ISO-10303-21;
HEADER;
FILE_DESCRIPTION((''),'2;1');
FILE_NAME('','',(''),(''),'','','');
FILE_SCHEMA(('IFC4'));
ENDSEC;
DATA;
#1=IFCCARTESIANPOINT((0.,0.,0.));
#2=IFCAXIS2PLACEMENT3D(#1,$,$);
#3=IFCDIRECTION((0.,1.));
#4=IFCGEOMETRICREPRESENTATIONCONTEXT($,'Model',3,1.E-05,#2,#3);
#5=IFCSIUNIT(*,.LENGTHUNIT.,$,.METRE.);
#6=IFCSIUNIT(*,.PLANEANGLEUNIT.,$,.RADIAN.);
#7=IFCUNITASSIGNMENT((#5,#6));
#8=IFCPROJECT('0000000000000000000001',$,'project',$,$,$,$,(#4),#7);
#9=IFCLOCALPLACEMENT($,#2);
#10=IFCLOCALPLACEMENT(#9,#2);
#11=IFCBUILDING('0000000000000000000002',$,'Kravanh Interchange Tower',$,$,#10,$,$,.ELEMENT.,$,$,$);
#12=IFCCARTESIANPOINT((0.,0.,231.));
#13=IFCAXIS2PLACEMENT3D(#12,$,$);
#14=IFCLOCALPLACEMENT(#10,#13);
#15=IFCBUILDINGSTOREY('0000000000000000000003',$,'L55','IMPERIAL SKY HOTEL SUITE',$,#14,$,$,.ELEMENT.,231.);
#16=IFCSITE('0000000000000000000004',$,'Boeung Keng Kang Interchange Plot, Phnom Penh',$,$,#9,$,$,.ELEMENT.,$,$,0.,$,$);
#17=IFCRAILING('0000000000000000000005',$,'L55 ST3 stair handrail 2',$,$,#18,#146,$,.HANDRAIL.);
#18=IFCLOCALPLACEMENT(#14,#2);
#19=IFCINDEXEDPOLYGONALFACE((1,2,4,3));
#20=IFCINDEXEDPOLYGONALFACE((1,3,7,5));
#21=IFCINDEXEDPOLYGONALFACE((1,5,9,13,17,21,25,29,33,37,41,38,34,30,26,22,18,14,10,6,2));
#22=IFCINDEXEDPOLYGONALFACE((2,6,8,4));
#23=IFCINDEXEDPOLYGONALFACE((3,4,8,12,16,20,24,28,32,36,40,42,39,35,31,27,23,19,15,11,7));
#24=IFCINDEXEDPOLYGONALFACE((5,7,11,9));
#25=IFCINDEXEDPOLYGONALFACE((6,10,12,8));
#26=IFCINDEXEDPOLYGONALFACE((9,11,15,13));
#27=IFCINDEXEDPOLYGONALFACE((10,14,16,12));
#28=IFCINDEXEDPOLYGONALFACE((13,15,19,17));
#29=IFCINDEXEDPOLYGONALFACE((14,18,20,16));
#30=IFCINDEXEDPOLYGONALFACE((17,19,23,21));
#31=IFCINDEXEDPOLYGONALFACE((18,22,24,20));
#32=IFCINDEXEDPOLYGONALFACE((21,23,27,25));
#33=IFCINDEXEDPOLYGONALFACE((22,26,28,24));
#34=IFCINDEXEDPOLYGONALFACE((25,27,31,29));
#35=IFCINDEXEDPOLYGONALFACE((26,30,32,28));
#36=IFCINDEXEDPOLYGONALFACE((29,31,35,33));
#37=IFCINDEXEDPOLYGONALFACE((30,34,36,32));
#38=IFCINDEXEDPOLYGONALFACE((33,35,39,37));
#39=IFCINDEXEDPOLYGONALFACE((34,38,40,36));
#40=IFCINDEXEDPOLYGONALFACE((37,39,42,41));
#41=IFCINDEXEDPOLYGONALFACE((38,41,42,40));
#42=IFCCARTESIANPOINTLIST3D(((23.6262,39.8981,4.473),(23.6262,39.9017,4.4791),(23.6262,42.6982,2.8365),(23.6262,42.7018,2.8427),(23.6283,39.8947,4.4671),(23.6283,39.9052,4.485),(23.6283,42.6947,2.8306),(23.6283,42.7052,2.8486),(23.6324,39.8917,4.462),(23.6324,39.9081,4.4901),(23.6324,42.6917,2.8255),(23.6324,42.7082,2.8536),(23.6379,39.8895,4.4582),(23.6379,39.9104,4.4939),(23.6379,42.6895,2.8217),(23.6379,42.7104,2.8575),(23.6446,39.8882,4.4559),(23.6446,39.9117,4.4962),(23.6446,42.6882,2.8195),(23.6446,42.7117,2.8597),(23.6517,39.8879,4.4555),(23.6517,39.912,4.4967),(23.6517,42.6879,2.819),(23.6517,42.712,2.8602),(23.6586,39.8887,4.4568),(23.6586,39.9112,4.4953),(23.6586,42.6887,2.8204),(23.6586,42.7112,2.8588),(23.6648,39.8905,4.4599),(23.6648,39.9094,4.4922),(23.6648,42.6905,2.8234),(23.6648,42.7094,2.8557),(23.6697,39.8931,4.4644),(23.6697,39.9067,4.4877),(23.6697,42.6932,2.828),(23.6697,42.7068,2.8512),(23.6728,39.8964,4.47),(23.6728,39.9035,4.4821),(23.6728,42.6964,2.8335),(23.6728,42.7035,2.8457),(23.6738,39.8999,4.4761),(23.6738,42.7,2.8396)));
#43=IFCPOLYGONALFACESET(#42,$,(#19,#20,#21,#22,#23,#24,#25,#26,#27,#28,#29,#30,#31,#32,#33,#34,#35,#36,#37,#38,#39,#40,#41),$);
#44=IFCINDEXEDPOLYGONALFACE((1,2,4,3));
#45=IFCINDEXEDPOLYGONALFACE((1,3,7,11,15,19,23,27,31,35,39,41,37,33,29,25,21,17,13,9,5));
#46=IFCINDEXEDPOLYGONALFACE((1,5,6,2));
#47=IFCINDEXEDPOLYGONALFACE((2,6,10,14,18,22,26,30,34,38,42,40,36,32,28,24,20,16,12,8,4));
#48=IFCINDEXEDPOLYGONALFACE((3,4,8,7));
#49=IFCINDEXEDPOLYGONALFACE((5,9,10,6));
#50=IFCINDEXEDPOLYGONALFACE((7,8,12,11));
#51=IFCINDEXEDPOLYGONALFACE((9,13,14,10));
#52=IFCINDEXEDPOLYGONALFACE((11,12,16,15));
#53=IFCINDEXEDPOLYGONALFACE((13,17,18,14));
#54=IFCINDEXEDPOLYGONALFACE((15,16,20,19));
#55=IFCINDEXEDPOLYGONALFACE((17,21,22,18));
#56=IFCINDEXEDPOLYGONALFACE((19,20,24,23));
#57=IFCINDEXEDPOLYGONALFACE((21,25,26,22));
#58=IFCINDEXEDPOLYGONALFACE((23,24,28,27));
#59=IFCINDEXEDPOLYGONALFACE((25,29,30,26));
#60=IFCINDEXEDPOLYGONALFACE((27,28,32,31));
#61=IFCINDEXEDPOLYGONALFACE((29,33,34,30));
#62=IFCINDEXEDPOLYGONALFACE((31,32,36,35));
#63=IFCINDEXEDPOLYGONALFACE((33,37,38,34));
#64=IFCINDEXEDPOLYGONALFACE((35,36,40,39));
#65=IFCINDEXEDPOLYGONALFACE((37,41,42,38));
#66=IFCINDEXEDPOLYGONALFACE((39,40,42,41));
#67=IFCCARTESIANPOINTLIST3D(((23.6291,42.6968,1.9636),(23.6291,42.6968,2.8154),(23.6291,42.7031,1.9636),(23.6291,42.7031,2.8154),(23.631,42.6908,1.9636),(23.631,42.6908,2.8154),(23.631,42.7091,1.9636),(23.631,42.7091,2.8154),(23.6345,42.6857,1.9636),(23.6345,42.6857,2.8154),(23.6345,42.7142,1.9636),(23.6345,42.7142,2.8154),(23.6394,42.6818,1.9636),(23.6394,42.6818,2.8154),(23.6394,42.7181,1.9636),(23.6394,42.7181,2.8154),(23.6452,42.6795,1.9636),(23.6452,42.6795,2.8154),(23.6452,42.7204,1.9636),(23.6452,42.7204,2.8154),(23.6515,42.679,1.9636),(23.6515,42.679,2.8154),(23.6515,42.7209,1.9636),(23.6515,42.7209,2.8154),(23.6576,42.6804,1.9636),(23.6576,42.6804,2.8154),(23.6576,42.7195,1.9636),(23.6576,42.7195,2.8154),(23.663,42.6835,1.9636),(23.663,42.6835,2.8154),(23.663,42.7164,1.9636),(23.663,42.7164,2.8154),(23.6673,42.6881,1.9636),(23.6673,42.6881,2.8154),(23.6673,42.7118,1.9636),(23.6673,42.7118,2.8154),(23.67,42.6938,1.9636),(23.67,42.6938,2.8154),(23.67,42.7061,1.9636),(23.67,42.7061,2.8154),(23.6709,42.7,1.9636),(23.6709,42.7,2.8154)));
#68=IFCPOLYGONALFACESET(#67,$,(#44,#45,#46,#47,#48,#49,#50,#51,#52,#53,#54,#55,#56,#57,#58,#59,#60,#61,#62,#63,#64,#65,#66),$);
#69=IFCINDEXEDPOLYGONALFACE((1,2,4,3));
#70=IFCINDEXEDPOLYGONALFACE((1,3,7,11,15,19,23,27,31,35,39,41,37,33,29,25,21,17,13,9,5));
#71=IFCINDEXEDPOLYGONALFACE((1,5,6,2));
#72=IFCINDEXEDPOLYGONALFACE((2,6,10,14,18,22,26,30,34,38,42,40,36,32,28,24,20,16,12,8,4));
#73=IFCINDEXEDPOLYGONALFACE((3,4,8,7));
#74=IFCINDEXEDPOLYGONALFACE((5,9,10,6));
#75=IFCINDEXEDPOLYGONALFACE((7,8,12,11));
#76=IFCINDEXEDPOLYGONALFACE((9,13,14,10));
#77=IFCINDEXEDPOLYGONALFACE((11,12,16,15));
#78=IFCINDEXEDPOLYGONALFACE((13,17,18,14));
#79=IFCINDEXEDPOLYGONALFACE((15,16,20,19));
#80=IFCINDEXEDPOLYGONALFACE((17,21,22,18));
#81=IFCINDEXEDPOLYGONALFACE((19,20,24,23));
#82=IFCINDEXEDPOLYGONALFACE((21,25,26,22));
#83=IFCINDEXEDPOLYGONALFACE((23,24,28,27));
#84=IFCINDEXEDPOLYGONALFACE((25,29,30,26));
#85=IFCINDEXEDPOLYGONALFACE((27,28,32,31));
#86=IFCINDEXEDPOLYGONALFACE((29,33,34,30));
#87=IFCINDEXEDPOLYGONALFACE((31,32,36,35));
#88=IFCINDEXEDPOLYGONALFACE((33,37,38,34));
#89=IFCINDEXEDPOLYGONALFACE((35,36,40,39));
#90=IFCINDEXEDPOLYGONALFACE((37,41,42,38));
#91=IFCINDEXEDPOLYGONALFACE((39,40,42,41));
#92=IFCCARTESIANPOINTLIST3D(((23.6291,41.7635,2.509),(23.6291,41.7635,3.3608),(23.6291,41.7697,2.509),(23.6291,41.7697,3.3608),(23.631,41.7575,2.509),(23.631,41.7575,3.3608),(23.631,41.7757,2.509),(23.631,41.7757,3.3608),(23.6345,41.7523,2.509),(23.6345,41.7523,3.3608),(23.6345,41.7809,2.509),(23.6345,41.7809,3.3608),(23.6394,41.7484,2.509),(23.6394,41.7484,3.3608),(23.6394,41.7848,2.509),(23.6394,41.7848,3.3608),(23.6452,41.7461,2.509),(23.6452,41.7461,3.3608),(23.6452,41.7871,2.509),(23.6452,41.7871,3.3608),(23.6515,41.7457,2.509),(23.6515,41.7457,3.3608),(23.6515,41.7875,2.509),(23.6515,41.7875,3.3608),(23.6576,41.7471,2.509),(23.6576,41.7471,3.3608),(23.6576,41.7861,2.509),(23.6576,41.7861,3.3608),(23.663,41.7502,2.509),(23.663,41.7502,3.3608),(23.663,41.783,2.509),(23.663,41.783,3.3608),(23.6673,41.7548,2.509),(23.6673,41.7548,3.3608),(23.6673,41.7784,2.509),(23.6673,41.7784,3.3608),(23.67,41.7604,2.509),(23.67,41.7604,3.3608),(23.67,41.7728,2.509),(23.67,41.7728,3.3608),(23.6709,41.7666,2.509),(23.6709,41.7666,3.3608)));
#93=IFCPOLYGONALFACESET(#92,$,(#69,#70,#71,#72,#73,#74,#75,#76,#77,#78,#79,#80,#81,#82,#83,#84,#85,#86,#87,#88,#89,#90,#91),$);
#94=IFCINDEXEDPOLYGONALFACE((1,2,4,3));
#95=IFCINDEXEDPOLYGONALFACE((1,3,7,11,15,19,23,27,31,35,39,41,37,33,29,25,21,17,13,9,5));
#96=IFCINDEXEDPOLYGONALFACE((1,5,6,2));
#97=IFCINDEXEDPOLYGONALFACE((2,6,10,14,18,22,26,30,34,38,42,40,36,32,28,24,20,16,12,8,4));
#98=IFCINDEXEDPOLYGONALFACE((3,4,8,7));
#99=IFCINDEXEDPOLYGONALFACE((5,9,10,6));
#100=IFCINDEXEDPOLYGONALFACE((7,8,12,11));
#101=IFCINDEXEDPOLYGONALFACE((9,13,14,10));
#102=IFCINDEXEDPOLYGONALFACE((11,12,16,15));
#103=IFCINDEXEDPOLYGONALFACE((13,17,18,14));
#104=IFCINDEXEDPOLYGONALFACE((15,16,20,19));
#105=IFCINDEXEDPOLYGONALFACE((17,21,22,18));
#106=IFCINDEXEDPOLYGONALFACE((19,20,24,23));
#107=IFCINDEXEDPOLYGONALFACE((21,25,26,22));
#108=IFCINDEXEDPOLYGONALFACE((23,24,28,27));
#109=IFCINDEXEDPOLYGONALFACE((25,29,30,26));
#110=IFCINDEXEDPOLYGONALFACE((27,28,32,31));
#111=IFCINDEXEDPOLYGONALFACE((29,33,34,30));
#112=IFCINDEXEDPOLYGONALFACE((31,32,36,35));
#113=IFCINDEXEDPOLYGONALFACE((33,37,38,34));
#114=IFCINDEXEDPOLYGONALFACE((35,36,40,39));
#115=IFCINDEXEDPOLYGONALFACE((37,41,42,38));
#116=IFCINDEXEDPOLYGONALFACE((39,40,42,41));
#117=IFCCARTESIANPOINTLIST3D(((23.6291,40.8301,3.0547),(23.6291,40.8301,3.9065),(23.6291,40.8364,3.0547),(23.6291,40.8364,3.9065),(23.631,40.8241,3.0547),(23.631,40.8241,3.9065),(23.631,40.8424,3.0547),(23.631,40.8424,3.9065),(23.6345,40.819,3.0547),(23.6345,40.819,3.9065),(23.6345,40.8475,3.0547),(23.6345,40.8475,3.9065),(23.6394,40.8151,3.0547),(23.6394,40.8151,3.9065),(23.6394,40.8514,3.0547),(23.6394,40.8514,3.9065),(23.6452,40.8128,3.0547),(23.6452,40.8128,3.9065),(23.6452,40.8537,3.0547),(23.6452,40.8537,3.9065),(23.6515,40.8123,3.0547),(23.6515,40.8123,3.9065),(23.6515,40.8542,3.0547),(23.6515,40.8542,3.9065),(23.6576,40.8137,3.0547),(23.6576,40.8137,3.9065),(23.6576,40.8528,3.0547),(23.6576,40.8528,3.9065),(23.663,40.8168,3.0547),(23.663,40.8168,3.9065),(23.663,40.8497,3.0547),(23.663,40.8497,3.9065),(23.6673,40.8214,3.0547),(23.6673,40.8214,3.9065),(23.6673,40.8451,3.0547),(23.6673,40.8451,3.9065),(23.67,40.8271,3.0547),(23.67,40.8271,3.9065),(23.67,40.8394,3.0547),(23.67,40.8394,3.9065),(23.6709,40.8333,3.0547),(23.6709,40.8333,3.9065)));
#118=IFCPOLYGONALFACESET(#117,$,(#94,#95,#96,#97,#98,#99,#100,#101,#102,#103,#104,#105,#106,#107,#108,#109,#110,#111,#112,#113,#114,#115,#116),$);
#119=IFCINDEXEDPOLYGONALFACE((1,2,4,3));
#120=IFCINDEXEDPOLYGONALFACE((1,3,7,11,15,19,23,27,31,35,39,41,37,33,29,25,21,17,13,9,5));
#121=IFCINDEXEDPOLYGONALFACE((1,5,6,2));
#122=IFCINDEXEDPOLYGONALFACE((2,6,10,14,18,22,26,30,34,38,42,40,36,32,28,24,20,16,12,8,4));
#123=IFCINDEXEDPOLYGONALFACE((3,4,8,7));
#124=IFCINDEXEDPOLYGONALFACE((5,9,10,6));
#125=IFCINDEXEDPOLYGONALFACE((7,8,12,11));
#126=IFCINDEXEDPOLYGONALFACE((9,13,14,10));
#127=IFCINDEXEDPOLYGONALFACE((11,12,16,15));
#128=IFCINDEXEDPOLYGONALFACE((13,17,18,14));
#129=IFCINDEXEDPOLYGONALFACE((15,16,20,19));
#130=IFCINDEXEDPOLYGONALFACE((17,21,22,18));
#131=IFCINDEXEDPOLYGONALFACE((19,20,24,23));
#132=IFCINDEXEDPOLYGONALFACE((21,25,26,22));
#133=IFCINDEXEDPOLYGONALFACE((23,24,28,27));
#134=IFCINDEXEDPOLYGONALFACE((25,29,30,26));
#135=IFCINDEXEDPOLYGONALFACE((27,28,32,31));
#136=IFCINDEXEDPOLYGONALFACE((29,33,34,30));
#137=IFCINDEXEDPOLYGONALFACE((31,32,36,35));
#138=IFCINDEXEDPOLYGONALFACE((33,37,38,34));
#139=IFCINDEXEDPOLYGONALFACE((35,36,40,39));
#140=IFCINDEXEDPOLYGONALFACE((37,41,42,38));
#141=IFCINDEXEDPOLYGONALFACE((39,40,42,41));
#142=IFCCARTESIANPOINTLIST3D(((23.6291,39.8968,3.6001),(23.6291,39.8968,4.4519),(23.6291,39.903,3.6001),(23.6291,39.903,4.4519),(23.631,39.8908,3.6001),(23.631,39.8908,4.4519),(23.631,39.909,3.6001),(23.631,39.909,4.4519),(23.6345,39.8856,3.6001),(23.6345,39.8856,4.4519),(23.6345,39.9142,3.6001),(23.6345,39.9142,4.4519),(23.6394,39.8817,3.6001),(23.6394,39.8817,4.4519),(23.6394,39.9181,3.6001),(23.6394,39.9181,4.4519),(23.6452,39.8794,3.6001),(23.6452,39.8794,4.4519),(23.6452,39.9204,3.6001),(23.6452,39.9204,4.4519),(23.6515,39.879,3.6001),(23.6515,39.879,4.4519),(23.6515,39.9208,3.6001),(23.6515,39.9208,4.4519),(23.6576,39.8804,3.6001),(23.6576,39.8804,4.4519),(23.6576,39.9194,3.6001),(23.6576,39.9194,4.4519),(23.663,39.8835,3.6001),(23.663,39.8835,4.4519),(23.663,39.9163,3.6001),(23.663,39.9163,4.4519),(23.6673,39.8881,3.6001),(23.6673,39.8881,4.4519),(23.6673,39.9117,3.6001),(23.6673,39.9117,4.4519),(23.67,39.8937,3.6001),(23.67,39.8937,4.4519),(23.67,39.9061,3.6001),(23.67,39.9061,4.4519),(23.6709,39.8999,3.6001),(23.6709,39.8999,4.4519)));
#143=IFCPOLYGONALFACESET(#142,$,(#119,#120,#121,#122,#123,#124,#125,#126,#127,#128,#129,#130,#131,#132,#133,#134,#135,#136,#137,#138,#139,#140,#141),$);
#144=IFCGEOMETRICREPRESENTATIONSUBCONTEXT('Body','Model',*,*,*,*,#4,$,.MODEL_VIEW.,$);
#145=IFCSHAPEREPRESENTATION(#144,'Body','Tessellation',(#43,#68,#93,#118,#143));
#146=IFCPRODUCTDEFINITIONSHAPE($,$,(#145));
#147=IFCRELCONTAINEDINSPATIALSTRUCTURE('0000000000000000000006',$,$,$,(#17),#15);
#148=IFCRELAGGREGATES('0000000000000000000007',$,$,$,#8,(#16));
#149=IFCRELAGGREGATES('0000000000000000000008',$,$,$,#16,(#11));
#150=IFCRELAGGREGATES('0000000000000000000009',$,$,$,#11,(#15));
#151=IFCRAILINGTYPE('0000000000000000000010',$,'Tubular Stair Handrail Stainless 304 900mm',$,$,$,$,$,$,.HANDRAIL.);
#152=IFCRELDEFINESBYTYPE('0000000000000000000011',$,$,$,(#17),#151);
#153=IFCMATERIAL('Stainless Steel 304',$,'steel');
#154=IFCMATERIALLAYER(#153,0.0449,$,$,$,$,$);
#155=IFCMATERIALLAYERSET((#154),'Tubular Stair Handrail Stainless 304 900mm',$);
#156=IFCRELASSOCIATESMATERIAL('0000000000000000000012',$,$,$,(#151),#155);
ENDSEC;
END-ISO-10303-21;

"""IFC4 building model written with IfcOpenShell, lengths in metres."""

from ifc_helpers import new_model, si_unit, direction, frame, origin, origin_2d, place, context, subcontext, project, spatial, circle, extrude, material, layer, layer_set, type_object, element, save


model = new_model("IFC4")

# Units and contexts
model_context = context("Model", 3, precision=1e-05, world=origin(), true_north=direction((0.0, 1.0)))
body_context = subcontext(model_context, "Body", "Model", "MODEL_VIEW")
ifc_project = project(units=[si_unit("LENGTHUNIT", "METRE"), si_unit("PLANEANGLEUNIT", "RADIAN")], contexts=[model_context])

# Site, building, storey
site_placement = place(None, origin())
site = spatial("IfcSite", under=ifc_project, at=site_placement, Name="Boeung Keng Kang Interchange Plot, Phnom Penh", CompositionType="ELEMENT", RefElevation=0.0)
building_placement = place(site_placement, origin())
building = spatial("IfcBuilding", under=site, at=building_placement, Name="Kravanh Interchange Tower", CompositionType="ELEMENT")
storey_placement = place(building_placement, frame((0.0, 0.0, 231.0)))
storey = spatial("IfcBuildingStorey", under=building, at=storey_placement, Name="L55", Description="IMPERIAL SKY HOTEL SUITE", CompositionType="ELEMENT", Elevation=231.0)

# Railing
ifc_material_1 = material(Name="Stainless Steel 304", Category="steel")
ifc_layer_1 = layer(ifc_material_1, 0.0449)
ifc_layer_set_1 = layer_set([ifc_layer_1], Name="Tubular Stair Handrail Stainless 304 900mm")
railing_type_1 = type_object("IfcRailingType", Name="Tubular Stair Handrail Stainless 304 900mm", PredefinedType="HANDRAIL", material=ifc_layer_set_1)
railing_1_placement = place(storey_placement, frame((23.6499, 42.7, 1.9636)))
element("IfcRailing", 1, at=railing_1_placement, inside=storey, type_object=railing_type_1, Name="L55 ST3 stair handrail 2", PredefinedType="HANDRAIL", context=body_context, shape_type="SweptSolid", body=[
    extrude(circle(Radius=0.0239, at=origin_2d()), frame((0.0, 0.0, 0.876), z_axis=(0.0, -0.863361, 0.504587), x_axis=(1.0, 0.0, 0.0)), (0.0, 0.0, 1.0), 3.2432),
    extrude(circle(Radius=0.021, at=origin_2d()), origin(), (0.0, 0.0, 1.0), 0.8518),
    extrude(circle(Radius=0.021, at=origin_2d()), frame((0.0, -0.9333, 0.5454)), (0.0, 0.0, 1.0), 0.8518),
    extrude(circle(Radius=0.021, at=origin_2d()), frame((0.0, -1.8667, 1.0911)), (0.0, 0.0, 1.0), 0.8518),
    extrude(circle(Radius=0.021, at=origin_2d()), frame((0.0, -2.8, 1.6365)), (0.0, 0.0, 1.0), 0.8518),
])

save(model, "model.ifc")
